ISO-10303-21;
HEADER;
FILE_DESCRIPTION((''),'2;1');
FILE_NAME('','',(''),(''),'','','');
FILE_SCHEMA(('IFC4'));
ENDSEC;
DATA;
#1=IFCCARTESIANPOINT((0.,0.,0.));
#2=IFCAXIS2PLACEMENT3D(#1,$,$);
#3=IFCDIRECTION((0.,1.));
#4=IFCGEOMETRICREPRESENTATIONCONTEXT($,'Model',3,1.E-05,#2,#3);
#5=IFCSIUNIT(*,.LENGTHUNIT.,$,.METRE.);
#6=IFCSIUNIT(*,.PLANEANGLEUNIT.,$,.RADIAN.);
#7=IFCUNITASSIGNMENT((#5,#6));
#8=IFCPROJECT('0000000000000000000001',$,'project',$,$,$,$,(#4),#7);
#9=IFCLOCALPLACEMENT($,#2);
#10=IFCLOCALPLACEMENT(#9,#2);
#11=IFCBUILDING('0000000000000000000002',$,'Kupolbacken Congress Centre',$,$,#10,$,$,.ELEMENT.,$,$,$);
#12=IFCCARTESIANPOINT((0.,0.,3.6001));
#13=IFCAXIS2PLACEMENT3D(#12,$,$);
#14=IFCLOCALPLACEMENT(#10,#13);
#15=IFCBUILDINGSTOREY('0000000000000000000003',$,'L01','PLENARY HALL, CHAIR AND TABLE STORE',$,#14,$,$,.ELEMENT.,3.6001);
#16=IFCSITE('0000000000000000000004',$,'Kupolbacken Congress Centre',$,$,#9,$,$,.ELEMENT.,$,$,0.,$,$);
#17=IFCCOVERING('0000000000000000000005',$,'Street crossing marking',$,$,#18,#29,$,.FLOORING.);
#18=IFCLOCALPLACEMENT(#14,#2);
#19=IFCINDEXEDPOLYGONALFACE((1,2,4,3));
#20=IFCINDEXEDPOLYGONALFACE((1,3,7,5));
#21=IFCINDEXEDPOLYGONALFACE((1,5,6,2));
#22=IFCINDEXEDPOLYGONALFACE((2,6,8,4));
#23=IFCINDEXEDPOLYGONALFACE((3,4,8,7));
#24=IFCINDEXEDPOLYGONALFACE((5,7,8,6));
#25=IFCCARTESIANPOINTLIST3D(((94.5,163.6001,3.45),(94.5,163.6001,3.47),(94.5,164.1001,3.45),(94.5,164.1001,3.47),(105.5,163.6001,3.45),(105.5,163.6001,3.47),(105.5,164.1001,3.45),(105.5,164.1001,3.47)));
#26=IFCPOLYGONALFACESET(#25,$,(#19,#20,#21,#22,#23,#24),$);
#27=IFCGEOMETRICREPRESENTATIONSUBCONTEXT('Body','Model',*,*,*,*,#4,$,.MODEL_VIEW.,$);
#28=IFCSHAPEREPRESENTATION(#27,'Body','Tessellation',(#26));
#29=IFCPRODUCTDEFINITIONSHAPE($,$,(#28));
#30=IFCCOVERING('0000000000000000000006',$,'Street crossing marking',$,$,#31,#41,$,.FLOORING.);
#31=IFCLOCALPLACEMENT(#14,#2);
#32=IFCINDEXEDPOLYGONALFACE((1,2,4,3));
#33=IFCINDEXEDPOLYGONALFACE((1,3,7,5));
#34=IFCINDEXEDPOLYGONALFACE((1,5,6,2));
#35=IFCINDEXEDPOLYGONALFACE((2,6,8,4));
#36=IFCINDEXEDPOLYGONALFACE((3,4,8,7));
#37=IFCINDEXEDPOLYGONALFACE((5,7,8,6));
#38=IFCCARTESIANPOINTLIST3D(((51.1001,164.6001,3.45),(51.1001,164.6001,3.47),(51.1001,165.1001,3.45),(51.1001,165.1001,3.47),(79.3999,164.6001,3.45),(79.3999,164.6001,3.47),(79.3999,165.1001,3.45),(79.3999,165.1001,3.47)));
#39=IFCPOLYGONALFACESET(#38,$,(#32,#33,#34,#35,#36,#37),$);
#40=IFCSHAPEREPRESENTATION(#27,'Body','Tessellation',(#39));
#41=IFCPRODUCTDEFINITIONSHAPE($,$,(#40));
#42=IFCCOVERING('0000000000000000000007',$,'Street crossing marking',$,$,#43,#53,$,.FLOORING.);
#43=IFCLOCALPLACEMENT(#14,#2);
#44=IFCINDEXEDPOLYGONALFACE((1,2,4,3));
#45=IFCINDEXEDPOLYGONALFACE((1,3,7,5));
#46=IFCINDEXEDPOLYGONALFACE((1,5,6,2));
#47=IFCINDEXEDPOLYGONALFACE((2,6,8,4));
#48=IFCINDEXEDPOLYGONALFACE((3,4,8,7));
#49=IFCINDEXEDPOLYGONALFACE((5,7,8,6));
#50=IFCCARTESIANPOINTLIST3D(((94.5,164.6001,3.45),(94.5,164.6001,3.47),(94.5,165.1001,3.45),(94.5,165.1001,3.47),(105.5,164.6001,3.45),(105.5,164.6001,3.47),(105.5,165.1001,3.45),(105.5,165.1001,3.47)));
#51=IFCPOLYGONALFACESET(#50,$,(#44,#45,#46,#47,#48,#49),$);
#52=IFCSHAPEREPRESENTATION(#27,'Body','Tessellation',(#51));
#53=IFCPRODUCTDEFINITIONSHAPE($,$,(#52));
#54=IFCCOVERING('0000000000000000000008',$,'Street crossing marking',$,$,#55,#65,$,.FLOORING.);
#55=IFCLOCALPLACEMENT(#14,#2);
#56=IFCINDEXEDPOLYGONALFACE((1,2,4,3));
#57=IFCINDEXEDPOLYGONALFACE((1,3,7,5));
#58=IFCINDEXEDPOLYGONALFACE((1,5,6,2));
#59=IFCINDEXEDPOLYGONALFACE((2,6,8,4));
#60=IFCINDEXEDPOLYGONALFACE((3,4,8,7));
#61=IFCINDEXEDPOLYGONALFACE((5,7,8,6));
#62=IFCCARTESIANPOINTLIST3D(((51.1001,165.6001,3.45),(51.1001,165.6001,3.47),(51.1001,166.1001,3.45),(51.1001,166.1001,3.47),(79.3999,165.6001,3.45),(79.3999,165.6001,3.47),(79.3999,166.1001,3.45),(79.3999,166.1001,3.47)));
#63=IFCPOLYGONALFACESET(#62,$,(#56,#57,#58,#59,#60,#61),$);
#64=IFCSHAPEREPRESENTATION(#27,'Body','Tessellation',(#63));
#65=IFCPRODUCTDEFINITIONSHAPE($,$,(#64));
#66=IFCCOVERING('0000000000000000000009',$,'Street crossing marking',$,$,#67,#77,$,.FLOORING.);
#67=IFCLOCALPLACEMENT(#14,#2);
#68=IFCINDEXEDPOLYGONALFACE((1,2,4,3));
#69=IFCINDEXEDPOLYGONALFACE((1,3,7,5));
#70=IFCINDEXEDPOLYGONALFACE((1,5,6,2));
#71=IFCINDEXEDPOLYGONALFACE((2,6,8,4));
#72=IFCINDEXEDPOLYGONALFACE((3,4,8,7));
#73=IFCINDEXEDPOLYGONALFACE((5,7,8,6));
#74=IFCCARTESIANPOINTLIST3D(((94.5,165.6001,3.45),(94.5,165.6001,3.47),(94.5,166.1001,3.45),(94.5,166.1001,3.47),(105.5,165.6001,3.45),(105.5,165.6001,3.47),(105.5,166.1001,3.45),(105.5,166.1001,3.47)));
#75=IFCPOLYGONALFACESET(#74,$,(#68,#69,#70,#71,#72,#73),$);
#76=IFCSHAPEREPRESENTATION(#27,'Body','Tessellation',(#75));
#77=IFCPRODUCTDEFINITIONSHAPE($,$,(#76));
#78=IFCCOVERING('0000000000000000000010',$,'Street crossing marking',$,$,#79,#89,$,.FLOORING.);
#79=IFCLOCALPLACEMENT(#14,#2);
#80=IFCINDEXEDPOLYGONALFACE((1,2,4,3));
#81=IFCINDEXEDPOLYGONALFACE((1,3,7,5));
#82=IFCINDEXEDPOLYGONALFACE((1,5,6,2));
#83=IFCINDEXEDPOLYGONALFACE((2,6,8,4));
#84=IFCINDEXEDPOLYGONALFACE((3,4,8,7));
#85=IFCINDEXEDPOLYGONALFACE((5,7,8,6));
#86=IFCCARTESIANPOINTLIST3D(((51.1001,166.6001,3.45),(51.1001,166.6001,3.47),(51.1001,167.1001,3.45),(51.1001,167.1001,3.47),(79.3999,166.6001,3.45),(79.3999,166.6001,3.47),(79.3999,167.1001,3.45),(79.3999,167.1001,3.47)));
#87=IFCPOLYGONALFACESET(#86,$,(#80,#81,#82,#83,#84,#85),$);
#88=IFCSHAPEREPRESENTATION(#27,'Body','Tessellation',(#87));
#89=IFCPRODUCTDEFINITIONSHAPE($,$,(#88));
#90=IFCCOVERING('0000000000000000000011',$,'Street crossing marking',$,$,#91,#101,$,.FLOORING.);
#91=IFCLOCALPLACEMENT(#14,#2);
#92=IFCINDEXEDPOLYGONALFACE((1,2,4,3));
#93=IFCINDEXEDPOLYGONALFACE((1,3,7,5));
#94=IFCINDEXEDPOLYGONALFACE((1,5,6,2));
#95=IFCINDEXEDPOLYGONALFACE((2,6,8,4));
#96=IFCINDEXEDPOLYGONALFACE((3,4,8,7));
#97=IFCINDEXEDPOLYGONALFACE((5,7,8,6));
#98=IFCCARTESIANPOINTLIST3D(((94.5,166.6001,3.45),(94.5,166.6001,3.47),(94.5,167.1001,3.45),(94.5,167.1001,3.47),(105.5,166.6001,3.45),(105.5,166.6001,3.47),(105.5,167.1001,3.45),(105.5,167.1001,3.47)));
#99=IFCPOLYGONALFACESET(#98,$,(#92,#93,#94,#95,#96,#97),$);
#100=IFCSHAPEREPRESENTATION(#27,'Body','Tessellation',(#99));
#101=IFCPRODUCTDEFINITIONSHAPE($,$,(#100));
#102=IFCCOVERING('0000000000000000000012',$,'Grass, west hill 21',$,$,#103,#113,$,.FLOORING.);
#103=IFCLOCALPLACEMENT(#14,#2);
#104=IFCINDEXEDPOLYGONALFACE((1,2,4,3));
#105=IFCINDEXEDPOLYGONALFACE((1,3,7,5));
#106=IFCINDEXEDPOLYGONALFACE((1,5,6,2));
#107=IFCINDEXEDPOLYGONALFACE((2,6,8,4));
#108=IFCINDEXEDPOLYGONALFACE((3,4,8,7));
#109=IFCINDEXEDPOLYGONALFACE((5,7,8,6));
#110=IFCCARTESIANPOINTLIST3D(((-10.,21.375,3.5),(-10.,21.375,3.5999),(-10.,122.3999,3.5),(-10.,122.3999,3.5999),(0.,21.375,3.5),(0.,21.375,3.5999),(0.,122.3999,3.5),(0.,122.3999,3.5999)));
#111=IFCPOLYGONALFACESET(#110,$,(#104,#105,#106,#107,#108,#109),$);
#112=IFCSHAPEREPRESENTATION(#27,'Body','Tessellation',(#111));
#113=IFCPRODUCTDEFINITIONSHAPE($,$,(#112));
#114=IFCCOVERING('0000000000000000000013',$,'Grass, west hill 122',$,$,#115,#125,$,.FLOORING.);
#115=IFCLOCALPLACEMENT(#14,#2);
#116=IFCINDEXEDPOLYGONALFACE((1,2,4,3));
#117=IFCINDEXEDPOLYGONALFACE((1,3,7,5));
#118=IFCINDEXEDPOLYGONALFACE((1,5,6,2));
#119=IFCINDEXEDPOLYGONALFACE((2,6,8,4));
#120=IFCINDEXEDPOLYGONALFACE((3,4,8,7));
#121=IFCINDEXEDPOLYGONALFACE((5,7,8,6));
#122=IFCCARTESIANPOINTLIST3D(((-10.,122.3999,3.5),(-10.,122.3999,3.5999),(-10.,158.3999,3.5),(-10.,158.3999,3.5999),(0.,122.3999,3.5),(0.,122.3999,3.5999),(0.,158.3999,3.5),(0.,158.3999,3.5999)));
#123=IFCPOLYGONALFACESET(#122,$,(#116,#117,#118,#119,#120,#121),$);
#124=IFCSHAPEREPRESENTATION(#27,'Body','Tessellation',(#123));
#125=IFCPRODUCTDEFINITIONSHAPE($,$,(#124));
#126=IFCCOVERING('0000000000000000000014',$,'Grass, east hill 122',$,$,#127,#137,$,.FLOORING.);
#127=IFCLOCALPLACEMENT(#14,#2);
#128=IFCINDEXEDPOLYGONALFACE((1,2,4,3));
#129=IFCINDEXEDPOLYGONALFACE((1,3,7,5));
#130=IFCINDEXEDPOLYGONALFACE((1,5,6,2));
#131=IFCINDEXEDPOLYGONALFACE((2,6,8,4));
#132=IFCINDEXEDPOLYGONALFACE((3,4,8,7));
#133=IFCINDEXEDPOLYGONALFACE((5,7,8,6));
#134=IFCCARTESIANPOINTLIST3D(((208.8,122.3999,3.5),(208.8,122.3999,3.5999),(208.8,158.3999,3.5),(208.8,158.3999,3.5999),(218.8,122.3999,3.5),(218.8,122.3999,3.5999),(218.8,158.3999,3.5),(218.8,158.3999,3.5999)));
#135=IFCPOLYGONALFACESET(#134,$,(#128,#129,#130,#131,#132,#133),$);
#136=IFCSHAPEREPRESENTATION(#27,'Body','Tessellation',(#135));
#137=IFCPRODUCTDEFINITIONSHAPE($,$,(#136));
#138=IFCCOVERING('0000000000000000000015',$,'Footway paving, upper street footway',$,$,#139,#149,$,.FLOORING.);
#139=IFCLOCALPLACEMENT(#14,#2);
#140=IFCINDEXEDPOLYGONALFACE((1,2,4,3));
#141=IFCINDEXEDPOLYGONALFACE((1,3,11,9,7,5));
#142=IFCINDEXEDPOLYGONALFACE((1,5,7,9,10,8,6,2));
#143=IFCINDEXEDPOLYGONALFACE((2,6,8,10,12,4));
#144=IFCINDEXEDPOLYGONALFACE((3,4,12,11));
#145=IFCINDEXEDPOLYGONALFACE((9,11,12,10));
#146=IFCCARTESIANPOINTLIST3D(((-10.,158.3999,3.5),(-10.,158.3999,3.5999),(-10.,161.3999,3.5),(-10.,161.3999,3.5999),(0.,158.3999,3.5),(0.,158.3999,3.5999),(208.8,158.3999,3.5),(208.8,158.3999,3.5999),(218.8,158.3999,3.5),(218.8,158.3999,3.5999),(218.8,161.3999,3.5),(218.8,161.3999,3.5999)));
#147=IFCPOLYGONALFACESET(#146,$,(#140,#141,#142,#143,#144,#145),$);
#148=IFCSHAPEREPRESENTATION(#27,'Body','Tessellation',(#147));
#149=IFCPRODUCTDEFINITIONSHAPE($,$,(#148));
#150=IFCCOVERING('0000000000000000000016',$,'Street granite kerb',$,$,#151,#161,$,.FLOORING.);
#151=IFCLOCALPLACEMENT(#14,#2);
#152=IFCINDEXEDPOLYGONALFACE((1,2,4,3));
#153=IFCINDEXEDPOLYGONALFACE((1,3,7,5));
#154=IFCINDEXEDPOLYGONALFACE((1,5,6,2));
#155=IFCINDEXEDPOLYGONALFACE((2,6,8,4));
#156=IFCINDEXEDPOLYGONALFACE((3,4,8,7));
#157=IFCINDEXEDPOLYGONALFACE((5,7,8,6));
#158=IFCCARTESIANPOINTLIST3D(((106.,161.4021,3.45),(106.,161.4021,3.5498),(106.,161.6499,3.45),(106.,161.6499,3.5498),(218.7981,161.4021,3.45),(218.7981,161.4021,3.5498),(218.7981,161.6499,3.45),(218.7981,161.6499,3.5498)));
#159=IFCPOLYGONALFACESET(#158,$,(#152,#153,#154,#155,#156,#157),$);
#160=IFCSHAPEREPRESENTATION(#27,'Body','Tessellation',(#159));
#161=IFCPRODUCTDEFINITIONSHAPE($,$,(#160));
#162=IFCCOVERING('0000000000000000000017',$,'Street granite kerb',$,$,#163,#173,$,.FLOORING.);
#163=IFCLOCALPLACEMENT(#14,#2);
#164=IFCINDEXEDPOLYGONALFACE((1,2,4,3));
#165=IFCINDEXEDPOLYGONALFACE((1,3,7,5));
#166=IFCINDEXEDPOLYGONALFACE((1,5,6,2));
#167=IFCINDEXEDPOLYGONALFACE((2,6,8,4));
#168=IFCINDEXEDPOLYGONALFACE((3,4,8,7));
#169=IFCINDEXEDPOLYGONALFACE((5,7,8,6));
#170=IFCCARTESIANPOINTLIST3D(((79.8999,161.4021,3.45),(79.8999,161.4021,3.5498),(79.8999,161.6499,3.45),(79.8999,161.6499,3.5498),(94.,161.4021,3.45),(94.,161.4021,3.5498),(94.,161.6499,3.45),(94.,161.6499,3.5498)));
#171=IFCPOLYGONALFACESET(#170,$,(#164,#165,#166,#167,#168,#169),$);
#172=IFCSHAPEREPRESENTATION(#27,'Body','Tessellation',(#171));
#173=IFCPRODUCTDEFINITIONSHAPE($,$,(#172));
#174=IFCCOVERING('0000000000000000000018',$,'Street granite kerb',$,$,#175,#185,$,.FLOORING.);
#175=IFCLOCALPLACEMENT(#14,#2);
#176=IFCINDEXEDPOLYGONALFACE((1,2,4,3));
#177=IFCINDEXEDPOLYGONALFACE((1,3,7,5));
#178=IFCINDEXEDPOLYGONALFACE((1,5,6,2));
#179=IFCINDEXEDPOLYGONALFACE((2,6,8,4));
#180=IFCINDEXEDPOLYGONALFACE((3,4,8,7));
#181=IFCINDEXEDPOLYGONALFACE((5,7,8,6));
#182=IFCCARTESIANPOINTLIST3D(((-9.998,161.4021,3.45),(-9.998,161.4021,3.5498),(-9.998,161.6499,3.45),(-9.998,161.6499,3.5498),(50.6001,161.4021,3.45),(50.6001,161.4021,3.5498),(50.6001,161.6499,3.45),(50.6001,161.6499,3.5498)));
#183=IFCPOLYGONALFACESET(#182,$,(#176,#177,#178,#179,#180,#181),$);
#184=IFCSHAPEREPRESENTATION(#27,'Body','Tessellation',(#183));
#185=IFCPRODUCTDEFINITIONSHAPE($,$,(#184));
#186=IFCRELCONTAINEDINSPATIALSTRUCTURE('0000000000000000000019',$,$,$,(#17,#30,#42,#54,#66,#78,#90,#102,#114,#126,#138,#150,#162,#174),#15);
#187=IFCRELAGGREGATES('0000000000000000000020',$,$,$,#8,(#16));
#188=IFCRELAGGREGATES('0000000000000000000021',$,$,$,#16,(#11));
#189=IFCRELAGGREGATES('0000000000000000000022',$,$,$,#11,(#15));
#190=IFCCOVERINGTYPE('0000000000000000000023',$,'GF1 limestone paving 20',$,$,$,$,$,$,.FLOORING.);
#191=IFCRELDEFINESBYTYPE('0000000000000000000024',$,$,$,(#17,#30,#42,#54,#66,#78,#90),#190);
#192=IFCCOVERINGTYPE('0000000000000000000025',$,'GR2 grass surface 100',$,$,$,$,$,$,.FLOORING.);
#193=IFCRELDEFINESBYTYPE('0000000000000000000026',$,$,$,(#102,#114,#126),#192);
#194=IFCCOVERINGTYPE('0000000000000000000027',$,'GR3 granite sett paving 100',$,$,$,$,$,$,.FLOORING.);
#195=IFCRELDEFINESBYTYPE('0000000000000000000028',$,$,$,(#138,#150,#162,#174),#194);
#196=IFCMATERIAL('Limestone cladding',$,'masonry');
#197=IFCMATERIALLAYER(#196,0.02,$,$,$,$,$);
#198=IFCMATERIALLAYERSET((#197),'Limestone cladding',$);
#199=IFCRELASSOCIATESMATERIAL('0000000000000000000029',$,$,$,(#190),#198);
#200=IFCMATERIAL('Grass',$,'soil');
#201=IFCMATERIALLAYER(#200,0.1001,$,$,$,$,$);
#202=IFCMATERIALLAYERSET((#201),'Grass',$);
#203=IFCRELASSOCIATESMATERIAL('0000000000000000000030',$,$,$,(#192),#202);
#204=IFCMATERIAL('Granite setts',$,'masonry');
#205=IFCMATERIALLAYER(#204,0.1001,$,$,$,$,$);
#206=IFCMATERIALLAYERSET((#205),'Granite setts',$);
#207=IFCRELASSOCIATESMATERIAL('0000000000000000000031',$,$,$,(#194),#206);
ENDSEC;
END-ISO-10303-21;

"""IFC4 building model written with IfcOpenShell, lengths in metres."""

from ifc_helpers import new_model, si_unit, direction, frame, origin, place, context, subcontext, project, spatial, polyline, outline, extrude, material, layer, layer_set, type_object, element, save


model = new_model("IFC4")

# Units and contexts
model_context = context("Model", 3, precision=1e-05, world=origin(), true_north=direction((0.0, 1.0)))
body_context = subcontext(model_context, "Body", "Model", "MODEL_VIEW")
ifc_project = project(units=[si_unit("LENGTHUNIT", "METRE"), si_unit("PLANEANGLEUNIT", "RADIAN")], contexts=[model_context])

# Site, building, storey
site_placement = place(None, origin())
site = spatial("IfcSite", under=ifc_project, at=site_placement, Name="Kupolbacken Congress Centre", CompositionType="ELEMENT", RefElevation=0.0)
building_placement = place(site_placement, origin())
building = spatial("IfcBuilding", under=site, at=building_placement, Name="Kupolbacken Congress Centre", CompositionType="ELEMENT")
storey_placement = place(building_placement, frame((0.0, 0.0, 3.6001)))
storey = spatial("IfcBuildingStorey", under=building, at=storey_placement, Name="L01", Description="PLENARY HALL, CHAIR AND TABLE STORE", CompositionType="ELEMENT", Elevation=3.6001)

# Coverings
ifc_material_1 = material(Name="Limestone cladding", Category="masonry")
ifc_layer_1 = layer(ifc_material_1, 0.02)
ifc_layer_set_1 = layer_set([ifc_layer_1], Name="Limestone cladding")
covering_type_1 = type_object("IfcCoveringType", Name="GF1 limestone paving 20", PredefinedType="FLOORING", material=ifc_layer_set_1)
covering_1_placement = place(storey_placement, frame((0.0, 0.0, 3.45)))
element("IfcCovering", 1, at=covering_1_placement, inside=storey, type_object=covering_type_1, Name="Street crossing marking", PredefinedType="FLOORING", context=body_context, shape_type="SweptSolid", body=[
    extrude(outline(polyline([(94.5, 163.6001), (94.5, 164.1001), (105.5, 164.1001), (105.5, 163.6001), (94.5, 163.6001)])), origin(), (0.0, 0.0, 1.0), 0.02),
])
covering_2_placement = place(storey_placement, frame((0.0, 0.0, 3.45)))
element("IfcCovering", 2, at=covering_2_placement, inside=storey, type_object=covering_type_1, Name="Street crossing marking", PredefinedType="FLOORING", context=body_context, shape_type="SweptSolid", body=[
    extrude(outline(polyline([(51.1001, 164.6001), (51.1001, 165.1001), (79.3999, 165.1001), (79.3999, 164.6001), (51.1001, 164.6001)])), origin(), (0.0, 0.0, 1.0), 0.02),
])
covering_3_placement = place(storey_placement, frame((0.0, 0.0, 3.45)))
element("IfcCovering", 3, at=covering_3_placement, inside=storey, type_object=covering_type_1, Name="Street crossing marking", PredefinedType="FLOORING", context=body_context, shape_type="SweptSolid", body=[
    extrude(outline(polyline([(105.5, 164.6001), (94.5, 164.6001), (94.5, 165.1001), (105.5, 165.1001), (105.5, 164.6001)])), origin(), (0.0, 0.0, 1.0), 0.02),
])
covering_4_placement = place(storey_placement, frame((0.0, 0.0, 3.45)))
element("IfcCovering", 4, at=covering_4_placement, inside=storey, type_object=covering_type_1, Name="Street crossing marking", PredefinedType="FLOORING", context=body_context, shape_type="SweptSolid", body=[
    extrude(outline(polyline([(79.3999, 165.6001), (51.1001, 165.6001), (51.1001, 166.1001), (79.3999, 166.1001), (79.3999, 165.6001)])), origin(), (0.0, 0.0, 1.0), 0.02),
])
covering_5_placement = place(storey_placement, frame((0.0, 0.0, 3.45)))
element("IfcCovering", 5, at=covering_5_placement, inside=storey, type_object=covering_type_1, Name="Street crossing marking", PredefinedType="FLOORING", context=body_context, shape_type="SweptSolid", body=[
    extrude(outline(polyline([(105.5, 165.6001), (94.5, 165.6001), (94.5, 166.1001), (105.5, 166.1001), (105.5, 165.6001)])), origin(), (0.0, 0.0, 1.0), 0.02),
])
covering_6_placement = place(storey_placement, frame((0.0, 0.0, 3.45)))
element("IfcCovering", 6, at=covering_6_placement, inside=storey, type_object=covering_type_1, Name="Street crossing marking", PredefinedType="FLOORING", context=body_context, shape_type="SweptSolid", body=[
    extrude(outline(polyline([(51.1001, 166.6001), (51.1001, 167.1001), (79.3999, 167.1001), (79.3999, 166.6001), (51.1001, 166.6001)])), origin(), (0.0, 0.0, 1.0), 0.02),
])
covering_7_placement = place(storey_placement, frame((0.0, 0.0, 3.45)))
element("IfcCovering", 7, at=covering_7_placement, inside=storey, type_object=covering_type_1, Name="Street crossing marking", PredefinedType="FLOORING", context=body_context, shape_type="SweptSolid", body=[
    extrude(outline(polyline([(94.5, 166.6001), (94.5, 167.1001), (105.5, 167.1001), (105.5, 166.6001), (94.5, 166.6001)])), origin(), (0.0, 0.0, 1.0), 0.02),
])
ifc_material_2 = material(Name="Grass", Category="soil")
ifc_layer_2 = layer(ifc_material_2, 0.1001)
ifc_layer_set_2 = layer_set([ifc_layer_2], Name="Grass")
covering_type_2 = type_object("IfcCoveringType", Name="GR2 grass surface 100", PredefinedType="FLOORING", material=ifc_layer_set_2)
covering_8_placement = place(storey_placement, frame((0.0, 0.0, 3.5)))
element("IfcCovering", 8, at=covering_8_placement, inside=storey, type_object=covering_type_2, Name="Grass, west hill 21", PredefinedType="FLOORING", context=body_context, shape_type="SweptSolid", body=[
    extrude(outline(polyline([(0.0, 21.375), (-10.0, 21.375), (-10.0, 122.3999), (0.0, 122.3999), (0.0, 21.375)])), origin(), (0.0, 0.0, 1.0), 0.0999),
])
covering_9_placement = place(storey_placement, frame((0.0, 0.0, 3.5)))
element("IfcCovering", 9, at=covering_9_placement, inside=storey, type_object=covering_type_2, Name="Grass, west hill 122", PredefinedType="FLOORING", context=body_context, shape_type="SweptSolid", body=[
    extrude(outline(polyline([(0.0, 122.3999), (-10.0, 122.3999), (-10.0, 158.3999), (0.0, 158.3999), (0.0, 122.3999)])), origin(), (0.0, 0.0, 1.0), 0.0999),
])
covering_10_placement = place(storey_placement, frame((0.0, 0.0, 3.5)))
element("IfcCovering", 10, at=covering_10_placement, inside=storey, type_object=covering_type_2, Name="Grass, east hill 122", PredefinedType="FLOORING", context=body_context, shape_type="SweptSolid", body=[
    extrude(outline(polyline([(218.8, 158.3999), (218.8, 122.3999), (208.8, 122.3999), (208.8, 158.3999), (218.8, 158.3999)])), origin(), (0.0, 0.0, 1.0), 0.0999),
])
ifc_material_3 = material(Name="Granite setts", Category="masonry")
ifc_layer_3 = layer(ifc_material_3, 0.1001)
ifc_layer_set_3 = layer_set([ifc_layer_3], Name="Granite setts")
covering_type_3 = type_object("IfcCoveringType", Name="GR3 granite sett paving 100", PredefinedType="FLOORING", material=ifc_layer_set_3)
covering_11_placement = place(storey_placement, frame((0.0, 0.0, 3.5)))
element("IfcCovering", 11, at=covering_11_placement, inside=storey, type_object=covering_type_3, Name="Footway paving, upper street footway", PredefinedType="FLOORING", context=body_context, shape_type="SweptSolid", body=[
    extrude(outline(polyline([(-10.0, 158.3999), (-10.0, 161.3999), (218.8, 161.3999), (218.8, 158.3999), (208.8, 158.3999), (0.0, 158.3999), (-10.0, 158.3999)])), origin(), (0.0, 0.0, 1.0), 0.0999),
])
covering_12_placement = place(storey_placement, frame((0.0, 0.0, 3.45)))
element("IfcCovering", 12, at=covering_12_placement, inside=storey, type_object=covering_type_3, Name="Street granite kerb", PredefinedType="FLOORING", context=body_context, shape_type="SweptSolid", body=[
    extrude(outline(polyline([(218.7981, 161.4021), (106.0, 161.4021), (106.0, 161.6499), (218.7981, 161.6499), (218.7981, 161.4021)])), origin(), (0.0, 0.0, 1.0), 0.0999),
])
covering_13_placement = place(storey_placement, frame((0.0, 0.0, 3.45)))
element("IfcCovering", 13, at=covering_13_placement, inside=storey, type_object=covering_type_3, Name="Street granite kerb", PredefinedType="FLOORING", context=body_context, shape_type="SweptSolid", body=[
    extrude(outline(polyline([(79.8999, 161.4021), (79.8999, 161.6499), (94.0, 161.6499), (94.0, 161.4021), (79.8999, 161.4021)])), origin(), (0.0, 0.0, 1.0), 0.0999),
])
covering_14_placement = place(storey_placement, frame((0.0, 0.0, 3.45)))
element("IfcCovering", 14, at=covering_14_placement, inside=storey, type_object=covering_type_3, Name="Street granite kerb", PredefinedType="FLOORING", context=body_context, shape_type="SweptSolid", body=[
    extrude(outline(polyline([(-9.998, 161.4021), (-9.998, 161.6499), (50.6001, 161.6499), (50.6001, 161.4021), (-9.998, 161.4021)])), origin(), (0.0, 0.0, 1.0), 0.0999),
])

save(model, "model.ifc")
